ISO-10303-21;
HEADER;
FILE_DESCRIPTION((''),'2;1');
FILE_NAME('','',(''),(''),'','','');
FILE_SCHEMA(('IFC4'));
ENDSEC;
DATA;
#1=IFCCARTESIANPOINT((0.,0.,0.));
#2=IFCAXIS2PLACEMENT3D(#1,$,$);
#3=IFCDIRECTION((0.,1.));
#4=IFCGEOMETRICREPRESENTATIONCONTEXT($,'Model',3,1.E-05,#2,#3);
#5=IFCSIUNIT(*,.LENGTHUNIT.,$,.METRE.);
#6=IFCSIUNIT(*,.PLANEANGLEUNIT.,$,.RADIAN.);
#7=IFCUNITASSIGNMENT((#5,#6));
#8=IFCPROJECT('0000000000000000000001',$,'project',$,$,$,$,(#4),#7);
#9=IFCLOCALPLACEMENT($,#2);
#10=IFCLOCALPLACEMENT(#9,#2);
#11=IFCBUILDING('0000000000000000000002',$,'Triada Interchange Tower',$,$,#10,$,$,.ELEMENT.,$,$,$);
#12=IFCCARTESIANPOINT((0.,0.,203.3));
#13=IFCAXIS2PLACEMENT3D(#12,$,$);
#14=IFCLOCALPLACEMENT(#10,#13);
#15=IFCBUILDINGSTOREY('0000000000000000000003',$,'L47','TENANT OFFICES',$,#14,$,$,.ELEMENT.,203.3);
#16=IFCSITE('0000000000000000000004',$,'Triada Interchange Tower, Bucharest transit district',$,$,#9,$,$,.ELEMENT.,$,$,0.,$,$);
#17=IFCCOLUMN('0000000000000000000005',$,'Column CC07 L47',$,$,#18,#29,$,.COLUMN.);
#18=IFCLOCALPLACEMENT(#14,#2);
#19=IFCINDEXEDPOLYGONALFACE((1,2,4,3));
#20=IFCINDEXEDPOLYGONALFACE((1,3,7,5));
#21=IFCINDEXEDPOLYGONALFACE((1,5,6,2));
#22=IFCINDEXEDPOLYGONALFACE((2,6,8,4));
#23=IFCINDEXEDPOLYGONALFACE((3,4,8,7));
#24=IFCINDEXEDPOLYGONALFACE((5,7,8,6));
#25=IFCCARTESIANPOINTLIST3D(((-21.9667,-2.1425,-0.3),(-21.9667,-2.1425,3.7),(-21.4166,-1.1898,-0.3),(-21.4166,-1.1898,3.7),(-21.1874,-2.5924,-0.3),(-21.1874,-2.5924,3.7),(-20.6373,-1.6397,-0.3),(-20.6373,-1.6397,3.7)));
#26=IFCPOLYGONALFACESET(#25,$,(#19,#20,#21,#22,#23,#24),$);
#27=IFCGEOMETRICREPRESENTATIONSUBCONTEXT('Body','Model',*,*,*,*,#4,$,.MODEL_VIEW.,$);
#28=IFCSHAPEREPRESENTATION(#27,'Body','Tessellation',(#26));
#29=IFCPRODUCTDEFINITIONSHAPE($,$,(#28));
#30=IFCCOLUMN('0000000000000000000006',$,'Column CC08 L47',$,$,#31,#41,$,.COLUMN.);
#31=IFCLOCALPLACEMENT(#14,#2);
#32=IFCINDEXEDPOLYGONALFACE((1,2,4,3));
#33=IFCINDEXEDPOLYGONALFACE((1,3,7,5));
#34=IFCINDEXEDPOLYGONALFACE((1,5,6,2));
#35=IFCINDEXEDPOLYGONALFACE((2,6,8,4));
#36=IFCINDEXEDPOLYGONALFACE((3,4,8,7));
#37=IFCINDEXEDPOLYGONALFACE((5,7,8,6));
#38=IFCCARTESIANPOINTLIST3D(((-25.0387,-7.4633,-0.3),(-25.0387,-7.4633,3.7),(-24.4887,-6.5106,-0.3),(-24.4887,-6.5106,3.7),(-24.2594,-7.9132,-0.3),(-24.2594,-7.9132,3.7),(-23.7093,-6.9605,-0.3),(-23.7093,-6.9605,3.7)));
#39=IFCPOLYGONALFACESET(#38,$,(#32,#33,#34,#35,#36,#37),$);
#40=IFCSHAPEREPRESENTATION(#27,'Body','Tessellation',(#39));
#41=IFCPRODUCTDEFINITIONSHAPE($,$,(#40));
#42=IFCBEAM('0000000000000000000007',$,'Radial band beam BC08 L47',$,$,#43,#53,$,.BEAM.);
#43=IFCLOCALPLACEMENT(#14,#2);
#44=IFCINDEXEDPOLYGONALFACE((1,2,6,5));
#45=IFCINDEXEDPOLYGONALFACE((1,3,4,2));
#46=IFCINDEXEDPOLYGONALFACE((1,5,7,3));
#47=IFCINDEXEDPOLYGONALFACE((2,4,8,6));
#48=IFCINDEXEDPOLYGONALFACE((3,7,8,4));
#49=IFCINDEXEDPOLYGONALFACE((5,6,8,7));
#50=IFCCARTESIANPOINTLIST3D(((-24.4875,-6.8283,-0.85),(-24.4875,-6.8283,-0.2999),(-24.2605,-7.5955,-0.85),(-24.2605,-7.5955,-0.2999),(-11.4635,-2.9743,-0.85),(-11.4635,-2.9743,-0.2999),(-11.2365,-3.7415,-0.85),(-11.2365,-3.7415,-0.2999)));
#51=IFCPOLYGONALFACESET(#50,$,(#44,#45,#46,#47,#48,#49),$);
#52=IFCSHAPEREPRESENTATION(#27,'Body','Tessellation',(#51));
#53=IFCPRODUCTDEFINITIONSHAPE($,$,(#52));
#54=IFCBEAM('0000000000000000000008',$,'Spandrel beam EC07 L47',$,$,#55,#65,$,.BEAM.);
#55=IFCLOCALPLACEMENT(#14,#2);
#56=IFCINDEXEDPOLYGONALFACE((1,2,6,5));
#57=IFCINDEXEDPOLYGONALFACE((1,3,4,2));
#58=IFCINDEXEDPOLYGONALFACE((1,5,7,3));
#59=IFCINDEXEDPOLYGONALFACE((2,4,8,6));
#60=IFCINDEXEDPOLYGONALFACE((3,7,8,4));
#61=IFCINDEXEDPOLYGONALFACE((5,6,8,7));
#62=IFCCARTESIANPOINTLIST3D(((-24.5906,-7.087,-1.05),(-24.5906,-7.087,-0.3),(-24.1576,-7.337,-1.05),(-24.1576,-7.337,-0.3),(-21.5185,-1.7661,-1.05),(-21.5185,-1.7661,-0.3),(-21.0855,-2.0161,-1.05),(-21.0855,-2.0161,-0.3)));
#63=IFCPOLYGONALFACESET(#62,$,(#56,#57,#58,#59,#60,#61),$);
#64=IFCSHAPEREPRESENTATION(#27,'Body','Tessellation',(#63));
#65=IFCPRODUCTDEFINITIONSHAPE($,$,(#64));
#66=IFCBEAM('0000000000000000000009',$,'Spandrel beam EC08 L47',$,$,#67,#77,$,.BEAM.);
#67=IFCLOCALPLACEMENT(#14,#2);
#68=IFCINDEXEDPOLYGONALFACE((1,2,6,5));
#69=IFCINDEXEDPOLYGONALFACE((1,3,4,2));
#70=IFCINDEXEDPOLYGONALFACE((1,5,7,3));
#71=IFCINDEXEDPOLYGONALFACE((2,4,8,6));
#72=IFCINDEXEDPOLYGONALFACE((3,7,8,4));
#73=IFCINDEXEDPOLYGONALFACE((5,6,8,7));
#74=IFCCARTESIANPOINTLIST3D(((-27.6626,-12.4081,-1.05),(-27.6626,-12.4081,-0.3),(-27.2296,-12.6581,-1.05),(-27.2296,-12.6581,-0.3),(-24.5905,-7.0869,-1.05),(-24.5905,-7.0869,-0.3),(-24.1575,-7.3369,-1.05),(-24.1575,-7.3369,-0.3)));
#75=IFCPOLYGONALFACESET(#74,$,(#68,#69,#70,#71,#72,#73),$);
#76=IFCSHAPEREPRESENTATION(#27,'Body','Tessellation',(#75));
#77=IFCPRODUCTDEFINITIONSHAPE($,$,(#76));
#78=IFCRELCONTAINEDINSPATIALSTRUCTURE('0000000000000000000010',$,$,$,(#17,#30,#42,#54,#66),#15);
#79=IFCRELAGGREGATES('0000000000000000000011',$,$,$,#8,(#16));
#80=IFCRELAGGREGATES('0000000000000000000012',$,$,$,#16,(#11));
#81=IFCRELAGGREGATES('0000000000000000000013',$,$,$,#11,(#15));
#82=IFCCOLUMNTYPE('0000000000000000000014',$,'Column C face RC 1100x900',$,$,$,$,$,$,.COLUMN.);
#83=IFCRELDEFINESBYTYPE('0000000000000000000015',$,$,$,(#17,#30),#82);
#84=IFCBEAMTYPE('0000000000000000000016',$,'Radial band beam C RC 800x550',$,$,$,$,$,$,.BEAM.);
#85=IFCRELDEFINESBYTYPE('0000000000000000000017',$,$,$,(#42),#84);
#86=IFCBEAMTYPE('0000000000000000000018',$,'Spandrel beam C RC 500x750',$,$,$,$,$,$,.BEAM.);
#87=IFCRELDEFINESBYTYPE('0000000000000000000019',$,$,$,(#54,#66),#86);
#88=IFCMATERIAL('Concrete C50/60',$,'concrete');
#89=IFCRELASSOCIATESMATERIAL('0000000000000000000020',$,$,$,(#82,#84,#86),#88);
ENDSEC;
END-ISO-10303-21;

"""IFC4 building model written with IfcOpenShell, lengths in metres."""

from ifc_helpers import new_model, si_unit, direction, frame, origin, origin_2d, place, context, subcontext, project, spatial, rectangle, extrude, material, material_profile, profile_set, type_object, element, save


model = new_model("IFC4")

# Units and contexts
model_context = context("Model", 3, precision=1e-05, world=origin(), true_north=direction((0.0, 1.0)))
body_context = subcontext(model_context, "Body", "Model", "MODEL_VIEW")
ifc_project = project(units=[si_unit("LENGTHUNIT", "METRE"), si_unit("PLANEANGLEUNIT", "RADIAN")], contexts=[model_context])

# Site, building, storey
site_placement = place(None, origin())
site = spatial("IfcSite", under=ifc_project, at=site_placement, Name="Triada Interchange Tower, Bucharest transit district", CompositionType="ELEMENT", RefElevation=0.0)
building_placement = place(site_placement, origin())
building = spatial("IfcBuilding", under=site, at=building_placement, Name="Triada Interchange Tower", CompositionType="ELEMENT")
storey_placement = place(building_placement, frame((0.0, 0.0, 203.3)))
storey = spatial("IfcBuildingStorey", under=building, at=storey_placement, Name="L47", Description="TENANT OFFICES", CompositionType="ELEMENT", Elevation=203.3)

# Columns
ifc_material_1 = material(Name="Concrete C50/60", Category="concrete")
ifc_material_profile_1 = material_profile(ifc_material_1, rectangle(XDim=1.1001, YDim=0.8999, at=origin_2d()), Name="RC 1100x900")
ifc_profile_set_1 = profile_set([ifc_material_profile_1], Name="Concrete C50/60")
column_type = type_object("IfcColumnType", Name="Column C face RC 1100x900", PredefinedType="COLUMN", material=ifc_profile_set_1)
for number, where, z_axis, x_axis, name in (
    (1, (-21.302, -1.8911, -0.3), (0.0, 0.0, 1.0), (0.5, 0.866025, 0.0), "Column CC07 L47"),
    (2, (-24.374, -7.2119, -0.3), (0.0, 0.0, 1.0), (0.5, 0.866025, 0.0), "Column CC08 L47"),
):
    element("IfcColumn", number, at=place(storey_placement, frame(where, z_axis=z_axis, x_axis=x_axis)), inside=storey, type_object=column_type, Name=name, PredefinedType="COLUMN", context=body_context, shape_type="SweptSolid", body=[
        extrude(rectangle(XDim=1.1001, YDim=0.8999, at=origin_2d()), origin(), (0.0, 0.0, 1.0), 4.0),
    ])

# Beams
ifc_material_profile_2 = material_profile(ifc_material_1, rectangle(XDim=0.8, YDim=0.55, at=origin_2d()), Name="RC 800x550")
ifc_profile_set_2 = profile_set([ifc_material_profile_2], Name="Concrete C50/60")
beam_type_1 = type_object("IfcBeamType", Name="Radial band beam C RC 800x550", PredefinedType="BEAM", material=ifc_profile_set_2)
beam_1_placement = place(storey_placement, frame((-24.374, -7.2119, -0.575), z_axis=(0.958897, 0.283754, 0.0), x_axis=(-0.283754, 0.958897, 0.0)))
element("IfcBeam", 3, at=beam_1_placement, inside=storey, type_object=beam_type_1, Name="Radial band beam BC08 L47", PredefinedType="BEAM", context=body_context, shape_type="SweptSolid", body=[
    extrude(rectangle(XDim=0.8, YDim=0.55, at=origin_2d()), origin(), (0.0, 0.0, 1.0), 13.5823),
])
ifc_material_profile_3 = material_profile(ifc_material_1, rectangle(XDim=0.5, YDim=0.75, at=origin_2d()), Name="RC 500x750")
ifc_profile_set_3 = profile_set([ifc_material_profile_3], Name="Concrete C50/60")
beam_type_2 = type_object("IfcBeamType", Name="Spandrel beam C RC 500x750", PredefinedType="BEAM", material=ifc_profile_set_3)
beam_2_placement = place(storey_placement, frame((-21.302, -1.8911, -0.675), z_axis=(-0.500007, -0.866021, 0.0), x_axis=(0.866021, -0.500007, 0.0)))
element("IfcBeam", 4, at=beam_2_placement, inside=storey, type_object=beam_type_2, Name="Spandrel beam EC07 L47", PredefinedType="BEAM", context=body_context, shape_type="SweptSolid", body=[
    extrude(rectangle(XDim=0.5, YDim=0.75, at=origin_2d()), origin(), (0.0, 0.0, 1.0), 6.144),
])
beam_3_placement = place(storey_placement, frame((-24.374, -7.2119, -0.675), z_axis=(-0.49999, -0.866031, 0.0), x_axis=(0.866031, -0.49999, 0.0)))
element("IfcBeam", 5, at=beam_3_placement, inside=storey, type_object=beam_type_2, Name="Spandrel beam EC08 L47", PredefinedType="BEAM", context=body_context, shape_type="SweptSolid", body=[
    extrude(rectangle(XDim=0.5, YDim=0.75, at=origin_2d()), origin(), (0.0, 0.0, 1.0), 6.1443),
])

save(model, "model.ifc")
